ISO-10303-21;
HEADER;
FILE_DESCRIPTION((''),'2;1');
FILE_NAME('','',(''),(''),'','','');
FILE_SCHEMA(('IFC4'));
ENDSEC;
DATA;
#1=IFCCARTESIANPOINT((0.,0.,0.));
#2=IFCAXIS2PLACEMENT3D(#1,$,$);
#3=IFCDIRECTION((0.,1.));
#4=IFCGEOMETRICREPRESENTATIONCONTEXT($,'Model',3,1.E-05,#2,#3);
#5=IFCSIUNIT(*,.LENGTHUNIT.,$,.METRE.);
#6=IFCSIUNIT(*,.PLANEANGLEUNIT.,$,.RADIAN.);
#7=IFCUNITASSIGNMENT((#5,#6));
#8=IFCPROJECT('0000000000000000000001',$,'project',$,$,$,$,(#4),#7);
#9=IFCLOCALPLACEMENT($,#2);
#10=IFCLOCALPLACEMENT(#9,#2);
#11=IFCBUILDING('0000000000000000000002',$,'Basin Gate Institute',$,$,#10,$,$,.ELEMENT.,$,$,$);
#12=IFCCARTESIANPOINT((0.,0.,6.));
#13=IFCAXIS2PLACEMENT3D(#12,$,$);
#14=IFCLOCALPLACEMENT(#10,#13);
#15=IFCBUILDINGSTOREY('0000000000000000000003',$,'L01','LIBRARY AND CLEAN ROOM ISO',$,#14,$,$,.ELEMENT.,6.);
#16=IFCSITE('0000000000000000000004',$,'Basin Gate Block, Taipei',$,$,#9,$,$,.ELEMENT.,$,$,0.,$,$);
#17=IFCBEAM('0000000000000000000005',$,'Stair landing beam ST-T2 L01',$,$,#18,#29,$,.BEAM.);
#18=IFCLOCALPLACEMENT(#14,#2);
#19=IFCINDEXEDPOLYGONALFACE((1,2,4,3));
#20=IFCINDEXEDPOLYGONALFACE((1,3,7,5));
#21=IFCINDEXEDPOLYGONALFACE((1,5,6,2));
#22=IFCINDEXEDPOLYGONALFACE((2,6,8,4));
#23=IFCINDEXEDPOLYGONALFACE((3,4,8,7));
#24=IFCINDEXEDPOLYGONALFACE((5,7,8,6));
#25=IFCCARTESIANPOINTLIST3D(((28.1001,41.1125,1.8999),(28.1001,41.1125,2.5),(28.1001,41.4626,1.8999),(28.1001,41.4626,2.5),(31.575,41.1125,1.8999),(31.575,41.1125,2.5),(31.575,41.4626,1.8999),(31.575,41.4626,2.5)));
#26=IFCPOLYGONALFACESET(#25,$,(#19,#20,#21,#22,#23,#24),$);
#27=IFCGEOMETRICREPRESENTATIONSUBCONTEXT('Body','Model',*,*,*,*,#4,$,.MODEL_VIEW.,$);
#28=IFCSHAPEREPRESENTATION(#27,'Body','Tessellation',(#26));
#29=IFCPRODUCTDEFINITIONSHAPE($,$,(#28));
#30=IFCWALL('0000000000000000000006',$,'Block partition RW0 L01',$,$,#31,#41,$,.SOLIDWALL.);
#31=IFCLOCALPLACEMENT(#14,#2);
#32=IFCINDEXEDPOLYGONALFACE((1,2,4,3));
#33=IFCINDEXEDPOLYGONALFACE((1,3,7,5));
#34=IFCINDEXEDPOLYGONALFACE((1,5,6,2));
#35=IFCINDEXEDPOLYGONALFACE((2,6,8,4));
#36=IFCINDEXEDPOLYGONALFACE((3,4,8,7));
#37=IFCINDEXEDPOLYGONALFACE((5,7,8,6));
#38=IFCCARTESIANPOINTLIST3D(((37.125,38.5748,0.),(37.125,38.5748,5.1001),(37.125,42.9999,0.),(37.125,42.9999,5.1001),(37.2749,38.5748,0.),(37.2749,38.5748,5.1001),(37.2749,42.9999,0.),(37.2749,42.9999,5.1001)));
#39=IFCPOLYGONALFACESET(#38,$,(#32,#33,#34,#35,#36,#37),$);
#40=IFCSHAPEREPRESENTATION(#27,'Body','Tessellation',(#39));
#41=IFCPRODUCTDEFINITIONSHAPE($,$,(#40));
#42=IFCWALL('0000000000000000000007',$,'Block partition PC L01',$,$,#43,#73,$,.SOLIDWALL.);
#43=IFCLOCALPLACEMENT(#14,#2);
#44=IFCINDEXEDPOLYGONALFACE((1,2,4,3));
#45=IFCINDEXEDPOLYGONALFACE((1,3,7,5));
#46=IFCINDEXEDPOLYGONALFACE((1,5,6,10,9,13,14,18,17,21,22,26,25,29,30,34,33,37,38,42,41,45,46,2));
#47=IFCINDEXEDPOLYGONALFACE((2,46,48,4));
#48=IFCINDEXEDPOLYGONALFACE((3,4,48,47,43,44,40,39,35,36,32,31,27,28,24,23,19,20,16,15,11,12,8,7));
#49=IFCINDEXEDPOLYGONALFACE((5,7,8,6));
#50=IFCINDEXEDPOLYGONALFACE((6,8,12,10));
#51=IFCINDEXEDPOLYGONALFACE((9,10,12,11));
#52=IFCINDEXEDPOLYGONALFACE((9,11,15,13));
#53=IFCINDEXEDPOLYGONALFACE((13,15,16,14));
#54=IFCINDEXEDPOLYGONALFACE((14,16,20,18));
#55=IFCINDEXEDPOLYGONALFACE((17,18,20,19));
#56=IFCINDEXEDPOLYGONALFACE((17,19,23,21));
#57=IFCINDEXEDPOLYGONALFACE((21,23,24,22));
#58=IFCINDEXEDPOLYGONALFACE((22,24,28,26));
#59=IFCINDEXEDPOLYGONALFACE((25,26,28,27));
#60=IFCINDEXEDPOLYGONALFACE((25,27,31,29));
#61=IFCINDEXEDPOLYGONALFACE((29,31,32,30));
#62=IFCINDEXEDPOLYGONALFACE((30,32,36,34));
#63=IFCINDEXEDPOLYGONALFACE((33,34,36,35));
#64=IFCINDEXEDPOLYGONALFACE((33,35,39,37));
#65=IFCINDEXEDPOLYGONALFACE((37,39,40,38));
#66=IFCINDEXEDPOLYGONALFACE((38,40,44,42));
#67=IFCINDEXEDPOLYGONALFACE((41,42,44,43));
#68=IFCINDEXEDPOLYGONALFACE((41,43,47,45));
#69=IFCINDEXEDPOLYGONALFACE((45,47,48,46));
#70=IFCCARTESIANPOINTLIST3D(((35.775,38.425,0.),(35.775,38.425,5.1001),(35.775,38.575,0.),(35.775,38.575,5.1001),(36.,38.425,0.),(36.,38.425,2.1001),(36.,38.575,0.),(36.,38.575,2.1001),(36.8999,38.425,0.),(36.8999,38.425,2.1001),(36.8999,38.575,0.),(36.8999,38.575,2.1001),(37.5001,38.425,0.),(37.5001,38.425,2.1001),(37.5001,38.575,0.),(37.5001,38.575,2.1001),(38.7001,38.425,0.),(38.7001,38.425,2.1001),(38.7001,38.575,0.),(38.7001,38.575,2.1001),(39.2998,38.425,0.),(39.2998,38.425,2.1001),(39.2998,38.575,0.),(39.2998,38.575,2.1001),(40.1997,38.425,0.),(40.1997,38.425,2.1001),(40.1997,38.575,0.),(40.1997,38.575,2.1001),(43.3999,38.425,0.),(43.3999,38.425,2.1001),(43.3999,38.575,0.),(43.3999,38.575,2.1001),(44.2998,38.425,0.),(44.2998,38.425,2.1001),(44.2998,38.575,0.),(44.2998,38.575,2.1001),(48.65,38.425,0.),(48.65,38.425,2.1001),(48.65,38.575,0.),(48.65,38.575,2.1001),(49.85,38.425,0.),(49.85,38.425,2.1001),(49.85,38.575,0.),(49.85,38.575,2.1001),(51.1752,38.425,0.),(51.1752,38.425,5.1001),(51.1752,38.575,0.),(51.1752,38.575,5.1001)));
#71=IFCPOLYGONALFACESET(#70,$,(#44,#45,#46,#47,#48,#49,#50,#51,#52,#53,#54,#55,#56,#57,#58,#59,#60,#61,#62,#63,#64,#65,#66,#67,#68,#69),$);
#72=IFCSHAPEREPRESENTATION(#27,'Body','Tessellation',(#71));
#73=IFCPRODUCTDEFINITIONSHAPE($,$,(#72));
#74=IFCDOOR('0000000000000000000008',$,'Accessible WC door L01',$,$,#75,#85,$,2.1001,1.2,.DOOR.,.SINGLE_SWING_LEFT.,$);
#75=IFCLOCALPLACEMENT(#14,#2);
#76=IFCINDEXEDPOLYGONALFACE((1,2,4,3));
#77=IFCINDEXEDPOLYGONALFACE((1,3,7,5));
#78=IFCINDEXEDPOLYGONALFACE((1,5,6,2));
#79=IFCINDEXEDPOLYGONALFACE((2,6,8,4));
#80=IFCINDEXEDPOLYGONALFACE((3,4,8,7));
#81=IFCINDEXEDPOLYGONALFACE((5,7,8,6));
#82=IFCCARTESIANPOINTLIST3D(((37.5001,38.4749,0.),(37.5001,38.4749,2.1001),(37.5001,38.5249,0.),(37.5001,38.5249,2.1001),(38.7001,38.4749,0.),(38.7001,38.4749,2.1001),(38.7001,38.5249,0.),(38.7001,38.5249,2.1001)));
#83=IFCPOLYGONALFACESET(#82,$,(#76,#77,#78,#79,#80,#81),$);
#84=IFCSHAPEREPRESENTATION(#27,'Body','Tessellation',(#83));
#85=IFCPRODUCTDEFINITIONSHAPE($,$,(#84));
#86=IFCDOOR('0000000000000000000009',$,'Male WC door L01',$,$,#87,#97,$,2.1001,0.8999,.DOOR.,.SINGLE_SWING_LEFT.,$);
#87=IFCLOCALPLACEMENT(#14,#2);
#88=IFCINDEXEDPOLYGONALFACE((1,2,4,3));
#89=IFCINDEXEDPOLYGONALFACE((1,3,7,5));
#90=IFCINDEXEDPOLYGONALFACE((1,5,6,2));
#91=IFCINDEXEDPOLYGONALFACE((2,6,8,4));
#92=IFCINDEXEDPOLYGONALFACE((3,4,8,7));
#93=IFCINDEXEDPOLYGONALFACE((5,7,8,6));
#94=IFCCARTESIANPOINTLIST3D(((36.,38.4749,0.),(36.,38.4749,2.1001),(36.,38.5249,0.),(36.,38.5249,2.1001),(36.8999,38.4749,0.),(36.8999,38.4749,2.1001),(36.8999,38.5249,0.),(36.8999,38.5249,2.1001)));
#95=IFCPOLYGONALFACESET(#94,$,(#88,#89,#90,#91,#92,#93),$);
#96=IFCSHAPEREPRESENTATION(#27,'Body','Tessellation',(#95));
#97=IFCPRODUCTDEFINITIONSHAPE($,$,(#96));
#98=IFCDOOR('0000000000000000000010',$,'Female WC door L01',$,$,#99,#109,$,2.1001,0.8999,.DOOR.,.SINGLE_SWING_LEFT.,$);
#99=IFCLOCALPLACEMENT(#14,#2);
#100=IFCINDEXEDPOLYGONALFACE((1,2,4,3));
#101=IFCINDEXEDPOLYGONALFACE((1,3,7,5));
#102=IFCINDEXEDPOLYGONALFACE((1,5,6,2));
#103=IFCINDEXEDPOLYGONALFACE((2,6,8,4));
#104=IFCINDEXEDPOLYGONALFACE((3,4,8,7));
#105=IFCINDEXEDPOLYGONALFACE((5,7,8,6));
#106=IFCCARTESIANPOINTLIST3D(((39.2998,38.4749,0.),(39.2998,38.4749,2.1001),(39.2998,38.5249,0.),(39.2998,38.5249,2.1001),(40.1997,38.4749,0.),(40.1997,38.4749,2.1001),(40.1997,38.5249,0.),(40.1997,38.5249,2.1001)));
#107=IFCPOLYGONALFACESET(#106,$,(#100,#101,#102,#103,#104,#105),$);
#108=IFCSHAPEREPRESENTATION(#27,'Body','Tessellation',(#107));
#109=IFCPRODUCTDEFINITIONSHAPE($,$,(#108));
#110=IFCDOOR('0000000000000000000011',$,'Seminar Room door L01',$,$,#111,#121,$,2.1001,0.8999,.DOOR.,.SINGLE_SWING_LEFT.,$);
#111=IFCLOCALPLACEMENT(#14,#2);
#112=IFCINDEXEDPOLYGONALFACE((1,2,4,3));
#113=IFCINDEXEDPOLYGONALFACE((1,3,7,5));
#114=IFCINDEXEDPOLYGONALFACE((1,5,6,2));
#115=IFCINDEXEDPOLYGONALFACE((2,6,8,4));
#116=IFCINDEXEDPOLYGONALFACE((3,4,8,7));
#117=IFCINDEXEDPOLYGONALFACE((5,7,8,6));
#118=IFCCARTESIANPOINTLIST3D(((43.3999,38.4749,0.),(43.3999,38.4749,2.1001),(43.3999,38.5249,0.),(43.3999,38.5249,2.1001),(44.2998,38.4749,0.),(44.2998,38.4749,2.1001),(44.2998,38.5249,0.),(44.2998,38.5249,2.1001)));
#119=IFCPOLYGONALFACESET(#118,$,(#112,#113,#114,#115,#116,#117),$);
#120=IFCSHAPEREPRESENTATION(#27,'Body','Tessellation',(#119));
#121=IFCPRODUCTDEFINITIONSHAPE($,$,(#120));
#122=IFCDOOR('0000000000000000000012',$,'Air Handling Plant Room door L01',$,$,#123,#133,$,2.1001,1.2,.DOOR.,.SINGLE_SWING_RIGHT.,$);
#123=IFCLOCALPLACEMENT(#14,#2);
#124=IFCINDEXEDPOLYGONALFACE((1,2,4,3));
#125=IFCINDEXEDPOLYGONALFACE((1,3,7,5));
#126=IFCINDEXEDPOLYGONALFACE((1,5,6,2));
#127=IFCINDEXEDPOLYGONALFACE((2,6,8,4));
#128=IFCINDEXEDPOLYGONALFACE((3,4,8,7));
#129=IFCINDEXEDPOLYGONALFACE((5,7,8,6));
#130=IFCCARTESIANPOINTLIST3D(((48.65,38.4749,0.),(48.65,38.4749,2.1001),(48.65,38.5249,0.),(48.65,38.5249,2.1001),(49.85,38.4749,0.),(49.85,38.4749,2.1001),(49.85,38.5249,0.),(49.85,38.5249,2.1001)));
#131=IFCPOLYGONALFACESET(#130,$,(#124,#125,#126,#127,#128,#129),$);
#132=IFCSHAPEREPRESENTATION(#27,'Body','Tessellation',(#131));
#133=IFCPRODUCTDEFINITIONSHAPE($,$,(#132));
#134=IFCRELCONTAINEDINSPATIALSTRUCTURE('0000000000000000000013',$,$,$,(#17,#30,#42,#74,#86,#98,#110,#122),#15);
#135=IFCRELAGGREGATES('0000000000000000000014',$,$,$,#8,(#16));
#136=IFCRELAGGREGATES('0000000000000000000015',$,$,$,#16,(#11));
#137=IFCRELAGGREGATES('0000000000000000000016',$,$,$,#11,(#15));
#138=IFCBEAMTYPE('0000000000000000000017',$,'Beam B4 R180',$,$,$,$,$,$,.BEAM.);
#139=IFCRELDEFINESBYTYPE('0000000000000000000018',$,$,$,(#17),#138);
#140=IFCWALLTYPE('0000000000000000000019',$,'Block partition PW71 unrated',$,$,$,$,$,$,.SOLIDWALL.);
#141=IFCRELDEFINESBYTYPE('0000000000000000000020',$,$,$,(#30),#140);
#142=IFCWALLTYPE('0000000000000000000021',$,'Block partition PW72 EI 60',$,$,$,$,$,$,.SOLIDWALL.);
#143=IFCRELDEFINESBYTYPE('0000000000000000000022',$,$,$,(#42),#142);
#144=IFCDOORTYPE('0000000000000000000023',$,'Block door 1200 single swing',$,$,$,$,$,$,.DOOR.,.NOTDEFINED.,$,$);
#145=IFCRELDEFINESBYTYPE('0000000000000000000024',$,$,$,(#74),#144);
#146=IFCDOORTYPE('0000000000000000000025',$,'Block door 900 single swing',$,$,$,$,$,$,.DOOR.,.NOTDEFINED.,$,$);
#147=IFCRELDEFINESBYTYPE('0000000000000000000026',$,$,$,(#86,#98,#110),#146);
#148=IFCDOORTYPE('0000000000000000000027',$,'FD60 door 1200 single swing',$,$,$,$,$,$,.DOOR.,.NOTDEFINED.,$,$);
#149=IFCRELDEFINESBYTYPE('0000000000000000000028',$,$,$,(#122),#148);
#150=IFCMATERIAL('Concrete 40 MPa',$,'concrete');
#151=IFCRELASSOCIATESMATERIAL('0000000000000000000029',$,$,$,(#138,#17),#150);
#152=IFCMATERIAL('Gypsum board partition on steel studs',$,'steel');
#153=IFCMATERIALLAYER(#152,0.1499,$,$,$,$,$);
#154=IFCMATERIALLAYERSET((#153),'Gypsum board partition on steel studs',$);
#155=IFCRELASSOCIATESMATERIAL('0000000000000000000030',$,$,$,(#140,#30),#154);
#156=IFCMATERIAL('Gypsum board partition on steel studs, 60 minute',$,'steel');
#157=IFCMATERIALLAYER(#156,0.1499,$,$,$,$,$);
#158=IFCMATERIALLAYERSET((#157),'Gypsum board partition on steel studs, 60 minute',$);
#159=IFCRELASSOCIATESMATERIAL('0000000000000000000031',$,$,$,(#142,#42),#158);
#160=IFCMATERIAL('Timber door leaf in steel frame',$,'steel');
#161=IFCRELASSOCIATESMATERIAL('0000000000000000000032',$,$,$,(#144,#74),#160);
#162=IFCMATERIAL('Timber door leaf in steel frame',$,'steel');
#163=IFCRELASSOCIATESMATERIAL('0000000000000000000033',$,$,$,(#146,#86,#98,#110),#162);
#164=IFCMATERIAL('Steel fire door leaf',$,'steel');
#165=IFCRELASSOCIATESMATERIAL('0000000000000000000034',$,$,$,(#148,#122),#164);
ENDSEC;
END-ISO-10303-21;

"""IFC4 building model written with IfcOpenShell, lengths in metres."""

from ifc_helpers import new_model, si_unit, direction, frame, frame_2d, origin, origin_2d, place, context, subcontext, project, spatial, rectangle, extrude, material, layer, layer_set, material_profile, profile_set, type_object, element, fill, save


model = new_model("IFC4")

# Units and contexts
model_context = context("Model", 3, precision=1e-05, world=origin(), true_north=direction((0.0, 1.0)))
body_context = subcontext(model_context, "Body", "Model", "MODEL_VIEW")
ifc_project = project(units=[si_unit("LENGTHUNIT", "METRE"), si_unit("PLANEANGLEUNIT", "RADIAN")], contexts=[model_context])

# Site, building, storey
site_placement = place(None, origin())
site = spatial("IfcSite", under=ifc_project, at=site_placement, Name="Basin Gate Block, Taipei", CompositionType="ELEMENT", RefElevation=0.0)
building_placement = place(site_placement, origin())
building = spatial("IfcBuilding", under=site, at=building_placement, Name="Basin Gate Institute", CompositionType="ELEMENT")
storey_placement = place(building_placement, frame((0.0, 0.0, 6.0)))
storey = spatial("IfcBuildingStorey", under=building, at=storey_placement, Name="L01", Description="LIBRARY AND CLEAN ROOM ISO", CompositionType="ELEMENT", Elevation=6.0)

# Beam
ifc_material_1 = material(Name="Concrete 40 MPa", Category="concrete")
ifc_material_profile = material_profile(ifc_material_1, rectangle(XDim=0.3501, YDim=0.6001, at=origin_2d()), Name="Beam B4 350 x 600")
ifc_profile_set = profile_set([ifc_material_profile], Name="Concrete 40 MPa")
beam_type = type_object("IfcBeamType", Name="Beam B4 R180", PredefinedType="BEAM", material=ifc_profile_set)
beam_placement = place(storey_placement, frame((28.1001, 41.2876, 2.2), z_axis=(1.0, 0.0, 0.0), x_axis=(0.0, 1.0, 0.0)))
element("IfcBeam", 1, at=beam_placement, inside=storey, type_object=beam_type, material=ifc_profile_set, Name="Stair landing beam ST-T2 L01", PredefinedType="BEAM", context=body_context, shape_type="SweptSolid", body=[
    extrude(rectangle(XDim=0.3501, YDim=0.6001, at=origin_2d()), origin(), (0.0, 0.0, 1.0), 3.4749),
])

# Wall
ifc_material_2 = material(Name="Gypsum board partition on steel studs", Category="steel")
ifc_layer_1 = layer(ifc_material_2, 0.1499)
ifc_layer_set_1 = layer_set([ifc_layer_1], Name="Gypsum board partition on steel studs")
wall_type_1 = type_object("IfcWallType", Name="Block partition PW71 unrated", PredefinedType="SOLIDWALL", material=ifc_layer_set_1)
wall_1_placement = place(storey_placement, frame((37.2, 38.575, 0.0), z_axis=(0.0, 0.0, 1.0), x_axis=(0.0, 1.0, 0.0)))
element("IfcWall", 2, at=wall_1_placement, inside=storey, type_object=wall_type_1, material=ifc_layer_set_1, Name="Block partition RW0 L01", PredefinedType="SOLIDWALL", context=body_context, shape_type="SweptSolid", body=[
    extrude(rectangle(XDim=4.425, YDim=0.1499, at=frame_2d((2.2124, 0.0))), origin(), (0.0, 0.0, 1.0), 5.1001),
])

# Wall, openings, doors
ifc_material_3 = material(Name="Gypsum board partition on steel studs, 60 minute", Category="steel")
ifc_layer_2 = layer(ifc_material_3, 0.1499)
ifc_layer_set_2 = layer_set([ifc_layer_2], Name="Gypsum board partition on steel studs, 60 minute")
wall_type_2 = type_object("IfcWallType", Name="Block partition PW72 EI 60", PredefinedType="SOLIDWALL", material=ifc_layer_set_2)
wall_2_placement = place(storey_placement, frame((35.7749, 38.5, 0.0), z_axis=(0.0, 0.0, 1.0), x_axis=(1.0, 0.0, 0.0)))
wall_2 = element("IfcWall", 3, at=wall_2_placement, inside=storey, type_object=wall_type_2, material=ifc_layer_set_2, Name="Block partition PC L01", PredefinedType="SOLIDWALL", context=body_context, shape_type="SweptSolid", body=[
    extrude(rectangle(XDim=15.4001, YDim=0.1499, at=frame_2d((7.7002, 0.0))), origin(), (0.0, 0.0, 1.0), 5.1001),
])
opening_1_placement = place(wall_2_placement, frame((0.2251, 0.0, 0.0)))
opening_1 = element("IfcOpeningElement", 4, at=opening_1_placement, cuts=wall_2, PredefinedType="OPENING", context=body_context, shape_type="SweptSolid", body=[
    extrude(rectangle(XDim=0.8999, YDim=2.1001, at=frame_2d((0.45, 1.05))), frame((0.0, 0.085, 0.0), z_axis=(0.0, -1.0, 0.0), x_axis=(1.0, 0.0, 0.0)), (0.0, 0.0, 1.0), 0.1699),
])
opening_2_placement = place(wall_2_placement, frame((1.7251, 0.0, 0.0)))
opening_2 = element("IfcOpeningElement", 5, at=opening_2_placement, cuts=wall_2, PredefinedType="OPENING", context=body_context, shape_type="SweptSolid", body=[
    extrude(rectangle(XDim=1.2, YDim=2.1001, at=frame_2d((0.6001, 1.05))), frame((0.0, 0.085, 0.0), z_axis=(0.0, -1.0, 0.0), x_axis=(1.0, 0.0, 0.0)), (0.0, 0.0, 1.0), 0.1699),
])
opening_3_placement = place(wall_2_placement, frame((3.5249, 0.0, 0.0)))
opening_3 = element("IfcOpeningElement", 6, at=opening_3_placement, cuts=wall_2, PredefinedType="OPENING", context=body_context, shape_type="SweptSolid", body=[
    extrude(rectangle(XDim=0.8999, YDim=2.1001, at=frame_2d((0.45, 1.05))), frame((0.0, 0.085, 0.0), z_axis=(0.0, -1.0, 0.0), x_axis=(1.0, 0.0, 0.0)), (0.0, 0.0, 1.0), 0.1699),
])
opening_4_placement = place(wall_2_placement, frame((7.625, 0.0, 0.0)))
opening_4 = element("IfcOpeningElement", 7, at=opening_4_placement, cuts=wall_2, PredefinedType="OPENING", context=body_context, shape_type="SweptSolid", body=[
    extrude(rectangle(XDim=0.8999, YDim=2.1001, at=frame_2d((0.45, 1.05))), frame((0.0, 0.085, 0.0), z_axis=(0.0, -1.0, 0.0), x_axis=(1.0, 0.0, 0.0)), (0.0, 0.0, 1.0), 0.1699),
])
opening_5_placement = place(wall_2_placement, frame((12.875, 0.0, 0.0)))
opening_5 = element("IfcOpeningElement", 8, at=opening_5_placement, cuts=wall_2, PredefinedType="OPENING", context=body_context, shape_type="SweptSolid", body=[
    extrude(rectangle(XDim=1.2, YDim=2.1001, at=frame_2d((0.6001, 1.05))), frame((0.0, 0.085, 0.0), z_axis=(0.0, -1.0, 0.0), x_axis=(1.0, 0.0, 0.0)), (0.0, 0.0, 1.0), 0.1699),
])
ifc_material_4 = material(Name="Timber door leaf in steel frame", Category="steel")
door_type_1 = type_object("IfcDoorType", Name="Block door 1200 single swing", OperationType="NOTDEFINED", PredefinedType="DOOR", material=ifc_material_4)
door_1_placement = place(opening_2_placement, origin())
door_1 = element("IfcDoor", 9, at=door_1_placement, inside=storey, type_object=door_type_1, material=ifc_material_4, Name="Accessible WC door L01", OperationType="SINGLE_SWING_LEFT", OverallHeight=2.1001, OverallWidth=1.2, PredefinedType="DOOR", context=body_context, shape_type="SweptSolid", body=[
    extrude(rectangle(XDim=1.2, YDim=2.1001, at=frame_2d((0.6001, 1.05))), frame((0.0, 0.0249, 0.0), z_axis=(0.0, -1.0, 0.0), x_axis=(1.0, 0.0, 0.0)), (0.0, 0.0, 1.0), 0.05),
])
fill(opening_2, door_1)
ifc_material_5 = material(Name="Timber door leaf in steel frame", Category="steel")
door_type_2 = type_object("IfcDoorType", Name="Block door 900 single swing", OperationType="NOTDEFINED", PredefinedType="DOOR", material=ifc_material_5)
door_2_placement = place(opening_1_placement, origin())
door_2 = element("IfcDoor", 10, at=door_2_placement, inside=storey, type_object=door_type_2, material=ifc_material_5, Name="Male WC door L01", OperationType="SINGLE_SWING_LEFT", OverallHeight=2.1001, OverallWidth=0.8999, PredefinedType="DOOR", context=body_context, shape_type="SweptSolid", body=[
    extrude(rectangle(XDim=0.8999, YDim=2.1001, at=frame_2d((0.45, 1.05))), frame((0.0, 0.0249, 0.0), z_axis=(0.0, -1.0, 0.0), x_axis=(1.0, 0.0, 0.0)), (0.0, 0.0, 1.0), 0.05),
])
fill(opening_1, door_2)
door_3_placement = place(opening_3_placement, origin())
door_3 = element("IfcDoor", 11, at=door_3_placement, inside=storey, type_object=door_type_2, material=ifc_material_5, Name="Female WC door L01", OperationType="SINGLE_SWING_LEFT", OverallHeight=2.1001, OverallWidth=0.8999, PredefinedType="DOOR", context=body_context, shape_type="SweptSolid", body=[
    extrude(rectangle(XDim=0.8999, YDim=2.1001, at=frame_2d((0.45, 1.05))), frame((0.0, 0.0249, 0.0), z_axis=(0.0, -1.0, 0.0), x_axis=(1.0, 0.0, 0.0)), (0.0, 0.0, 1.0), 0.05),
])
fill(opening_3, door_3)
door_4_placement = place(opening_4_placement, origin())
door_4 = element("IfcDoor", 12, at=door_4_placement, inside=storey, type_object=door_type_2, material=ifc_material_5, Name="Seminar Room door L01", OperationType="SINGLE_SWING_LEFT", OverallHeight=2.1001, OverallWidth=0.8999, PredefinedType="DOOR", context=body_context, shape_type="SweptSolid", body=[
    extrude(rectangle(XDim=0.8999, YDim=2.1001, at=frame_2d((0.45, 1.05))), frame((0.0, 0.0249, 0.0), z_axis=(0.0, -1.0, 0.0), x_axis=(1.0, 0.0, 0.0)), (0.0, 0.0, 1.0), 0.05),
])
fill(opening_4, door_4)
ifc_material_6 = material(Name="Steel fire door leaf", Category="steel")
door_type_3 = type_object("IfcDoorType", Name="FD60 door 1200 single swing", OperationType="NOTDEFINED", PredefinedType="DOOR", material=ifc_material_6)
door_5_placement = place(opening_5_placement, origin())
door_5 = element("IfcDoor", 13, at=door_5_placement, inside=storey, type_object=door_type_3, material=ifc_material_6, Name="Air Handling Plant Room door L01", OperationType="SINGLE_SWING_RIGHT", OverallHeight=2.1001, OverallWidth=1.2, PredefinedType="DOOR", context=body_context, shape_type="SweptSolid", body=[
    extrude(rectangle(XDim=1.2, YDim=2.1001, at=frame_2d((0.6001, 1.05))), frame((0.0, 0.0249, 0.0), z_axis=(0.0, -1.0, 0.0), x_axis=(1.0, 0.0, 0.0)), (0.0, 0.0, 1.0), 0.05),
])
fill(opening_5, door_5)

save(model, "model.ifc")
